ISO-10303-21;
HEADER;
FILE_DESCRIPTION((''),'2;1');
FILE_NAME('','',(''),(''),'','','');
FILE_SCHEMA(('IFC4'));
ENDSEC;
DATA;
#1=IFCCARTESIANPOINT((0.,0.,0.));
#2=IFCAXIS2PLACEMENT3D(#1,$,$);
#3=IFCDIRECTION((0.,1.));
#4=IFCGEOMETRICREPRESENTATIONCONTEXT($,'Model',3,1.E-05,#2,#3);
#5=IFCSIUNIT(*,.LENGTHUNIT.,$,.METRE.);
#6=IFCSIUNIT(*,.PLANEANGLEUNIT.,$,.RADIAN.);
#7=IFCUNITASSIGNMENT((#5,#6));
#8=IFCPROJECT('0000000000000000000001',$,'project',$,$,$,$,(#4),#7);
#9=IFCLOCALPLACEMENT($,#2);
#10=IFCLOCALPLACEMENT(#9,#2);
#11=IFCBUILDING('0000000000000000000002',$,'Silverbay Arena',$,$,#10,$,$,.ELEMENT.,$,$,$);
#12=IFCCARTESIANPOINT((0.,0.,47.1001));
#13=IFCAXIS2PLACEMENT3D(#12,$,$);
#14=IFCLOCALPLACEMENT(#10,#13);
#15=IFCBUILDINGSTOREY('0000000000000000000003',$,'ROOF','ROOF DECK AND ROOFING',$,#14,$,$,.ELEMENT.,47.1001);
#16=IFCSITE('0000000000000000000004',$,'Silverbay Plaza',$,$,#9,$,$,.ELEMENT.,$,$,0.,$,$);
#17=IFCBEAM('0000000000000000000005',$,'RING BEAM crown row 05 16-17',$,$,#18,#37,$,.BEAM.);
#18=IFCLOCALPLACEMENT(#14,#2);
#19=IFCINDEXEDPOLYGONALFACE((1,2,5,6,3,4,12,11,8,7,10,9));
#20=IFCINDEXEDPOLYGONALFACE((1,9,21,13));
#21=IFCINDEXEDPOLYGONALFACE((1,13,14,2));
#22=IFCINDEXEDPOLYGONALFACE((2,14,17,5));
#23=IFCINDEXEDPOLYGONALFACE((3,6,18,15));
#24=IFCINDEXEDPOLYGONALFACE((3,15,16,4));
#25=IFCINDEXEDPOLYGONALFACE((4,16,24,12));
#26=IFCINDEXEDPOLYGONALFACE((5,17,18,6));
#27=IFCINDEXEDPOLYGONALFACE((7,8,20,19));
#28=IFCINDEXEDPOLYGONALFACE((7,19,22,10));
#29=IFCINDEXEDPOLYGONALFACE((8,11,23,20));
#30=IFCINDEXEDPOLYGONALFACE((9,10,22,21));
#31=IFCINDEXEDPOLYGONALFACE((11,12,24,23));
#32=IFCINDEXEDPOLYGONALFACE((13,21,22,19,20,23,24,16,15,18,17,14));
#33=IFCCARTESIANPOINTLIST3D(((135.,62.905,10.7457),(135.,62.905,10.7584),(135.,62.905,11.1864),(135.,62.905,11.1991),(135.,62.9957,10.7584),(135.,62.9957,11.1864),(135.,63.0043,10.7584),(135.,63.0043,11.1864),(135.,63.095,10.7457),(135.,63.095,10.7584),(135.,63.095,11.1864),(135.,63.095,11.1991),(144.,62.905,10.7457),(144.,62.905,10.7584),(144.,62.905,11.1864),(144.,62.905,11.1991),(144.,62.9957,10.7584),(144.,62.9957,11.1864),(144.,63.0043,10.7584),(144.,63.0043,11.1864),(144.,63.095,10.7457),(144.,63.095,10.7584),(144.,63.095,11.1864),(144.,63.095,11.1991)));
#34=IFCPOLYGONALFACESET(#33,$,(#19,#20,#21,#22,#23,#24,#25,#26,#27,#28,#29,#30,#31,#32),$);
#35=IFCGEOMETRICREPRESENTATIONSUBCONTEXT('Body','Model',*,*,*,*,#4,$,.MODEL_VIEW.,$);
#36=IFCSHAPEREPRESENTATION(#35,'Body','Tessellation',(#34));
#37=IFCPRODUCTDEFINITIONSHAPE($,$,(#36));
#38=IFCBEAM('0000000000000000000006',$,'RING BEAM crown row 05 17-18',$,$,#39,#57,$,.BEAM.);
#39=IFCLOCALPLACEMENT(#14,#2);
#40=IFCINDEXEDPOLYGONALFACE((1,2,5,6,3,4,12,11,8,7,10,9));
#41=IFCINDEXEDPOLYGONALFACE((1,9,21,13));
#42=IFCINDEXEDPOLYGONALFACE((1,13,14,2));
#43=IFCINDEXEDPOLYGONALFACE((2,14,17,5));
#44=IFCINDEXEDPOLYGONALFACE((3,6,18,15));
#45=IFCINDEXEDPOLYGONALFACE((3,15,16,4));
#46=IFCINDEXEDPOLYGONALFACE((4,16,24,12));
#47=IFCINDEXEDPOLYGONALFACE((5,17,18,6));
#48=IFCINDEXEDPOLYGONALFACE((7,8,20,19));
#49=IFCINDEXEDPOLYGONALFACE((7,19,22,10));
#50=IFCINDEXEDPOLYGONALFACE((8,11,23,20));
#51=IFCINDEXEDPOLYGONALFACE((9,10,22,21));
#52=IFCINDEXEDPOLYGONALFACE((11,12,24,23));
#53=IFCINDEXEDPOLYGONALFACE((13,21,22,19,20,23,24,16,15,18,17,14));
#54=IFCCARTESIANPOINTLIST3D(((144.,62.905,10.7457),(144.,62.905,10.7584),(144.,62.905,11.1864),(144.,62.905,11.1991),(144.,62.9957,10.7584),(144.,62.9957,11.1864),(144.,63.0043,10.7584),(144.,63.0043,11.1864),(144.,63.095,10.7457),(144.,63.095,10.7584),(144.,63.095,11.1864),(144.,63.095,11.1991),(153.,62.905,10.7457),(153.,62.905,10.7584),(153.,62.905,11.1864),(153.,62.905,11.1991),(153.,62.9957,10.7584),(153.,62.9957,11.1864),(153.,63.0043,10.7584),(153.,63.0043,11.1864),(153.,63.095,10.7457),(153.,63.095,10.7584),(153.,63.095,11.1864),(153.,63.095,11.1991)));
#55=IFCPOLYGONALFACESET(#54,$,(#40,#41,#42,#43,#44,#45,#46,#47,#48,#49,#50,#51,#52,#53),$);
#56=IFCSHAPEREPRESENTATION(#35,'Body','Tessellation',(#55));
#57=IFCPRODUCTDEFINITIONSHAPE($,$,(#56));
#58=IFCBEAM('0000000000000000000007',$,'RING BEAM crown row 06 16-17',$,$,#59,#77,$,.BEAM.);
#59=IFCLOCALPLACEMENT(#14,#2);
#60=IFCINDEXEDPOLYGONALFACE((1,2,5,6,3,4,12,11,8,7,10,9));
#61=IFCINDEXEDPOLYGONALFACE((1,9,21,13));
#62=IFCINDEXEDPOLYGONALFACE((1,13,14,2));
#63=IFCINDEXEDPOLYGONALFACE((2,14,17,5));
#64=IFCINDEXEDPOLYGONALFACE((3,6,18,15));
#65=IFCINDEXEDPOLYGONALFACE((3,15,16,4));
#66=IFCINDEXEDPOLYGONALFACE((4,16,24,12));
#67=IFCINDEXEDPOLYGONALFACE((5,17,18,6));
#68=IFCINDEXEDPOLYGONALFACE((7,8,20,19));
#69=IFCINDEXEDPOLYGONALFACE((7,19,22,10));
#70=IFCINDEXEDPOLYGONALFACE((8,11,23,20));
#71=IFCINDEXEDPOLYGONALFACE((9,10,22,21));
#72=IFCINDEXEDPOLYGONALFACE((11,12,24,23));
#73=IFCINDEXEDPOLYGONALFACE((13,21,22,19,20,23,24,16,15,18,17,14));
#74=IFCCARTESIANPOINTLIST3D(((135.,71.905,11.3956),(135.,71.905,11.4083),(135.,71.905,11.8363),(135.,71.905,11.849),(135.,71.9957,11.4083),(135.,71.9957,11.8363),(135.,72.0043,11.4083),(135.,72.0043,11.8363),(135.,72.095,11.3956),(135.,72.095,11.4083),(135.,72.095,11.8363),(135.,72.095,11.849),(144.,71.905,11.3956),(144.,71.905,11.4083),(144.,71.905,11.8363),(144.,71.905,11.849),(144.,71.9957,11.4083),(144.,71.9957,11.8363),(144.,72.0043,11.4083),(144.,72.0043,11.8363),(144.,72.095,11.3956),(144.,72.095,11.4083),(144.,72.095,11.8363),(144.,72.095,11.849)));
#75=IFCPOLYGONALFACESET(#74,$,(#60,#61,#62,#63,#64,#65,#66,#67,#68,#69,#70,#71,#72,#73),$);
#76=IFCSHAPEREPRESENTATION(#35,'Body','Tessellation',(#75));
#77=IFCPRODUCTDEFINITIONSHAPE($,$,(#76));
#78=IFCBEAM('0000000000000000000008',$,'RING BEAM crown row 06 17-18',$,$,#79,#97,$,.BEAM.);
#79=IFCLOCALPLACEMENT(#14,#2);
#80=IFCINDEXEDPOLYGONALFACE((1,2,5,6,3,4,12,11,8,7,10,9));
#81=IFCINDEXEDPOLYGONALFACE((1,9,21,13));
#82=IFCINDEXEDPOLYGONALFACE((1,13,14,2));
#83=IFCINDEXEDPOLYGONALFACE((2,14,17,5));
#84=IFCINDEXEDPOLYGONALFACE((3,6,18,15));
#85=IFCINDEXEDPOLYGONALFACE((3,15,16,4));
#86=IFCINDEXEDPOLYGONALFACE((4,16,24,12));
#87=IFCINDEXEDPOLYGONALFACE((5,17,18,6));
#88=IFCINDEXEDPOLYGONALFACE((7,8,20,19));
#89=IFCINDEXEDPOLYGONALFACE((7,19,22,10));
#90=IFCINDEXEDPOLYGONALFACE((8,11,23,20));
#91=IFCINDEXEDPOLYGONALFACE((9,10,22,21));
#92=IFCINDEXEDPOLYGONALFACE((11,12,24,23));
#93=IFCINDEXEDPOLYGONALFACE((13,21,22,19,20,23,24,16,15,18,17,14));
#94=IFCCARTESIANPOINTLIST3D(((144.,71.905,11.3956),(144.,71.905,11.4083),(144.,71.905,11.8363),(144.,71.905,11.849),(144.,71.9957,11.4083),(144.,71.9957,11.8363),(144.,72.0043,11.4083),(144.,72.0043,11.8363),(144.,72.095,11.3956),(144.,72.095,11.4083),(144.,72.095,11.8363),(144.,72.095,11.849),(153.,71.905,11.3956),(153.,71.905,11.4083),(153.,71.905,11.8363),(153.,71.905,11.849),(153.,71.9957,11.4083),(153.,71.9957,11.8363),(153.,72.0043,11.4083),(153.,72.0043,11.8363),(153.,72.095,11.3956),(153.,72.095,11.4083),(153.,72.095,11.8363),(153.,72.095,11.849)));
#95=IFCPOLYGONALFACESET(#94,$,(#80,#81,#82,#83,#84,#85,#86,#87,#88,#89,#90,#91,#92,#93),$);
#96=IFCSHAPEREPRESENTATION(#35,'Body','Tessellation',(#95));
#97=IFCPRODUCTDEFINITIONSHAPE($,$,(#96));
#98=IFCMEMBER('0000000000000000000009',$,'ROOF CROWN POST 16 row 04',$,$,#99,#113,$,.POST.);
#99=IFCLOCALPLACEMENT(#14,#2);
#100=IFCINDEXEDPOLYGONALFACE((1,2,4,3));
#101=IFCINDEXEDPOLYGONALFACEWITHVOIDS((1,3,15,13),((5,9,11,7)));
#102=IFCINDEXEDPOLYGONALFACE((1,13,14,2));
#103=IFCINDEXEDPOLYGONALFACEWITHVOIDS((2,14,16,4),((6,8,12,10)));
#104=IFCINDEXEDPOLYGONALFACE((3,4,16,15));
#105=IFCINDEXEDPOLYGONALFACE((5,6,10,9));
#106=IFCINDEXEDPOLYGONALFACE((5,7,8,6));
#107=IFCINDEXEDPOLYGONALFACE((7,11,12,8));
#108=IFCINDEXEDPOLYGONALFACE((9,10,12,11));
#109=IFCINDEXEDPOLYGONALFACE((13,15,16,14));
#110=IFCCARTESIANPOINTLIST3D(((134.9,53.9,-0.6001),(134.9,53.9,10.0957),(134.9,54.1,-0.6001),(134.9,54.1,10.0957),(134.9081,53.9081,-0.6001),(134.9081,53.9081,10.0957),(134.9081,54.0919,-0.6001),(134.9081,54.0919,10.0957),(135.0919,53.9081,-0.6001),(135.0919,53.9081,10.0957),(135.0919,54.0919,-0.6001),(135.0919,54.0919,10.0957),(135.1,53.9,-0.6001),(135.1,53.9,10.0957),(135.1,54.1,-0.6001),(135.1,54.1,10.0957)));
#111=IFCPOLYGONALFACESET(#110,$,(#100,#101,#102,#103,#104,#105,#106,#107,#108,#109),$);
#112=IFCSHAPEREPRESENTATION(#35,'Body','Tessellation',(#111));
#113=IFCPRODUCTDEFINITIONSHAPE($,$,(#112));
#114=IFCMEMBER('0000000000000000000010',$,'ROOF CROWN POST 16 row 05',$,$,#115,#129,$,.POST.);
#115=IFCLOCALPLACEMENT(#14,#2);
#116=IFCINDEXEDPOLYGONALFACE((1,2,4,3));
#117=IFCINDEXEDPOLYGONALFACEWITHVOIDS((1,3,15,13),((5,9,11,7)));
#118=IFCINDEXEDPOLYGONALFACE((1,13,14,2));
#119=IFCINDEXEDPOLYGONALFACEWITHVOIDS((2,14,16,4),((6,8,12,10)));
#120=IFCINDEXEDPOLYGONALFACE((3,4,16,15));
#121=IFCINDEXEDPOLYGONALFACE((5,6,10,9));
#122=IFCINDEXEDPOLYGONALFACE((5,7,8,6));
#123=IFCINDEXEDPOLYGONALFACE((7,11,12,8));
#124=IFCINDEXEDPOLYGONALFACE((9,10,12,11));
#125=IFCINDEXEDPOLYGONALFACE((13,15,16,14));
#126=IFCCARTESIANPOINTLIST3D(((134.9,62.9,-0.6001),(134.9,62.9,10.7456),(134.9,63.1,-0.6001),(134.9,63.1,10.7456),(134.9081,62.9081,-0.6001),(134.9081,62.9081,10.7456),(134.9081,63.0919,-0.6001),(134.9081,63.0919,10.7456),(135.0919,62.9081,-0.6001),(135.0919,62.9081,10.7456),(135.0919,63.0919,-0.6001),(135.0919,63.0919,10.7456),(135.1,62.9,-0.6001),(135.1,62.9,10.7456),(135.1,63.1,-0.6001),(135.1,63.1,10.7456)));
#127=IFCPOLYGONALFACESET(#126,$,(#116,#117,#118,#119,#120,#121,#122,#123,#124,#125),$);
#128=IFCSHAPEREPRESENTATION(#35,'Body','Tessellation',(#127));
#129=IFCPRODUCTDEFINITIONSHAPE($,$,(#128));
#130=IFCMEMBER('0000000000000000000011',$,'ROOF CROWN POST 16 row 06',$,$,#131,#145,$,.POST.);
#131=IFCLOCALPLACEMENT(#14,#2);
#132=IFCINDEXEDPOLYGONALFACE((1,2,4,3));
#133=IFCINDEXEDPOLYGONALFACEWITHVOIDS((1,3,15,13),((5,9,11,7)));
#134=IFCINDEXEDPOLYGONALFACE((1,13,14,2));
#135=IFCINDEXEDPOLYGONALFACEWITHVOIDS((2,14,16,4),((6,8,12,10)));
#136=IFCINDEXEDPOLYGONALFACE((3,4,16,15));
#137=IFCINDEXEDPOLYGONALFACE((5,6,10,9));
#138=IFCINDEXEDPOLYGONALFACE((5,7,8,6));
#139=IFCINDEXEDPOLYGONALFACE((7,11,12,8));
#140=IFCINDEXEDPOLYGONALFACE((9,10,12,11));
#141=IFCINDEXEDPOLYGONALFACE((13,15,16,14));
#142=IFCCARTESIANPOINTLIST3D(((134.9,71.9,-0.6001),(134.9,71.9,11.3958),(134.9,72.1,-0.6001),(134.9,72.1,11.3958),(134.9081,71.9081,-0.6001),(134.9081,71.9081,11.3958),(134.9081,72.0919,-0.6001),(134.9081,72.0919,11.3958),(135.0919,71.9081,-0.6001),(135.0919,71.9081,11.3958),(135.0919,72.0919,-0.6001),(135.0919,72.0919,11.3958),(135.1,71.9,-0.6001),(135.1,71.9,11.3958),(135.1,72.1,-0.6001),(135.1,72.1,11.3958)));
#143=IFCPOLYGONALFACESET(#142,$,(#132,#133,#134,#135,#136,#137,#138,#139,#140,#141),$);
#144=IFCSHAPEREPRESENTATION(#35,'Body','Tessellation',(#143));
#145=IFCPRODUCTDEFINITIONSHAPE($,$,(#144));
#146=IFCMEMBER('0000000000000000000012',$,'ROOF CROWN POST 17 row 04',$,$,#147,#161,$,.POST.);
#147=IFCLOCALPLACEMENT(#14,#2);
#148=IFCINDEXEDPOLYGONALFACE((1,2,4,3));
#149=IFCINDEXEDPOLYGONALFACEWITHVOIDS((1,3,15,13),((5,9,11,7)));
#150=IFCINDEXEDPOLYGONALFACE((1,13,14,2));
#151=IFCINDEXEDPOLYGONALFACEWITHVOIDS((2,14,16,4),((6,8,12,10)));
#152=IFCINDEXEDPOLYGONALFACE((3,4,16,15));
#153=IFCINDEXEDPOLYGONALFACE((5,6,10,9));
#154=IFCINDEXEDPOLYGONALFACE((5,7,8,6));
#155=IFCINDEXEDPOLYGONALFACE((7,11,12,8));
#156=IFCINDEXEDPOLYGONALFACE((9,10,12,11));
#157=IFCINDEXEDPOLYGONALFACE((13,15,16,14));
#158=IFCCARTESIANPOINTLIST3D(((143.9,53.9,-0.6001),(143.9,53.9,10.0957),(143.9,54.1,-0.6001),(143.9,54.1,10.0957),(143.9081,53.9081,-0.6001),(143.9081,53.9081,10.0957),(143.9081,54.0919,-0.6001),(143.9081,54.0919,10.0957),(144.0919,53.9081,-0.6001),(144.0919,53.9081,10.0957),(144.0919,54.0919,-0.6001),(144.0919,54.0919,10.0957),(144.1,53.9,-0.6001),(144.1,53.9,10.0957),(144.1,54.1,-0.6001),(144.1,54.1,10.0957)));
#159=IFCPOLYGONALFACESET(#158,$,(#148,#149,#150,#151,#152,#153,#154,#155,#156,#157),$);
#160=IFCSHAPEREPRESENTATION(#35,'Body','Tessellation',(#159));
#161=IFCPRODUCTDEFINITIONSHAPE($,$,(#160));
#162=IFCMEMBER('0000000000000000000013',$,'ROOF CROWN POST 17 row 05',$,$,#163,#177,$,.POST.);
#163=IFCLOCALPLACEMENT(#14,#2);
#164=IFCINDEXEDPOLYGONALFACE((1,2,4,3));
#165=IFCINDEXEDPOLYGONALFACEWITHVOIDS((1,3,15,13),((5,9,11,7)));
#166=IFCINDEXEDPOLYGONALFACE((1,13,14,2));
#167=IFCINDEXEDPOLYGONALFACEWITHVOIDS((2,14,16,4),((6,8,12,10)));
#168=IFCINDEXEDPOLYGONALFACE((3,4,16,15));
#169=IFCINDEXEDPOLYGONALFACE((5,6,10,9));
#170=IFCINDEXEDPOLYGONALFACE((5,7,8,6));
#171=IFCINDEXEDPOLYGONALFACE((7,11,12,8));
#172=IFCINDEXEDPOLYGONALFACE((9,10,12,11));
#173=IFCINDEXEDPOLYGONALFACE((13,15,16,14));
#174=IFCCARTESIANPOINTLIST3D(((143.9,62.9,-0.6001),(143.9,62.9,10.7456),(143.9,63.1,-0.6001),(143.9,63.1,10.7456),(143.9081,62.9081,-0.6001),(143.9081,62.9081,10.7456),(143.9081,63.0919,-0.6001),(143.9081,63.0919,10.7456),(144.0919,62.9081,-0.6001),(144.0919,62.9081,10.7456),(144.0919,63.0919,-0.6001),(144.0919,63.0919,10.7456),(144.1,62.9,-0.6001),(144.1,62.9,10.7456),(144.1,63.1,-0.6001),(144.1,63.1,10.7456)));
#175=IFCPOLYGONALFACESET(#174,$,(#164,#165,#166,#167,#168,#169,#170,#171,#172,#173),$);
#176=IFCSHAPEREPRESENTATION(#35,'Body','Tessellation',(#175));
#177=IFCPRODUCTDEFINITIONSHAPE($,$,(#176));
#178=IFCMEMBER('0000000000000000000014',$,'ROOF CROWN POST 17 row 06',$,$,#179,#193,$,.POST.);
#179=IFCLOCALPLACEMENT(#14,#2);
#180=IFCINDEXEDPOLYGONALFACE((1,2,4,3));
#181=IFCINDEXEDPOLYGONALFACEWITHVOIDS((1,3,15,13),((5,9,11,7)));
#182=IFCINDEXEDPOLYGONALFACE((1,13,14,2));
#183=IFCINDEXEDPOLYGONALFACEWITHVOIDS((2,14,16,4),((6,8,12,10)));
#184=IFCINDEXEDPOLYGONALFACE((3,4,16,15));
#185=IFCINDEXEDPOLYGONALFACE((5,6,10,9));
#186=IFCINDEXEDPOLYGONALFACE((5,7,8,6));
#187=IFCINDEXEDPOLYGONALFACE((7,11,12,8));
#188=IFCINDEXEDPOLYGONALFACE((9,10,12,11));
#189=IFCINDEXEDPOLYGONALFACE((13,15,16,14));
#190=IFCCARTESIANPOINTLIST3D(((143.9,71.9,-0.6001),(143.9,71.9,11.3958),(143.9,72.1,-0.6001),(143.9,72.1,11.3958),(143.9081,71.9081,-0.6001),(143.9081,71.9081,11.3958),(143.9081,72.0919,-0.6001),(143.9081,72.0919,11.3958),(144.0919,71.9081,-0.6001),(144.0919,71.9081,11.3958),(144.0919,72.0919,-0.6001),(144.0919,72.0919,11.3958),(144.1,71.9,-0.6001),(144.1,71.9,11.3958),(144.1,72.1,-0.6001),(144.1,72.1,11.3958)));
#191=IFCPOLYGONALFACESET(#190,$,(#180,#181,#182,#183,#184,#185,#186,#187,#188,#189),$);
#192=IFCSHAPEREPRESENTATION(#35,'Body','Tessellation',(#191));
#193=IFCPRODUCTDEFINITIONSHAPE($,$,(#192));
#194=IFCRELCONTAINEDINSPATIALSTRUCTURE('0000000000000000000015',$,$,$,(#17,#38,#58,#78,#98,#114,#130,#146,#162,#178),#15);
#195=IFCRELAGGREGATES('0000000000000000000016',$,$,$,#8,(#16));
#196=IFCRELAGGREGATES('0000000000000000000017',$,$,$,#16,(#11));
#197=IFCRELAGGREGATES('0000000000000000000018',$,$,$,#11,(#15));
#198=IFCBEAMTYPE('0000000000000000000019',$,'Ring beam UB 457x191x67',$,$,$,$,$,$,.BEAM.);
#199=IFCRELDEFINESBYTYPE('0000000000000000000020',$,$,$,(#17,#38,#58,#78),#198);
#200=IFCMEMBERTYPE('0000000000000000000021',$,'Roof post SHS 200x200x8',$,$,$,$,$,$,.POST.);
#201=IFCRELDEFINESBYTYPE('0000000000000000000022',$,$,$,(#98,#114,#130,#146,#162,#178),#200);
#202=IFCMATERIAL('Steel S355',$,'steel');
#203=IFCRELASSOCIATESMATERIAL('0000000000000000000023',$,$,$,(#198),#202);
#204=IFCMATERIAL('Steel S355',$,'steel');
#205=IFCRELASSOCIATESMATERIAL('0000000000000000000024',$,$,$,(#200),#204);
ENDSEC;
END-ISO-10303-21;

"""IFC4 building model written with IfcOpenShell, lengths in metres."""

from ifc_helpers import new_model, si_unit, direction, frame, origin, origin_2d, place, context, subcontext, project, spatial, hollow_rectangle, i_section, extrude, material, material_profile, profile_set, type_object, element, save


model = new_model("IFC4")

# Units and contexts
model_context = context("Model", 3, precision=1e-05, world=origin(), true_north=direction((0.0, 1.0)))
body_context = subcontext(model_context, "Body", "Model", "MODEL_VIEW")
ifc_project = project(units=[si_unit("LENGTHUNIT", "METRE"), si_unit("PLANEANGLEUNIT", "RADIAN")], contexts=[model_context])

# Site, building, storey
site_placement = place(None, origin())
site = spatial("IfcSite", under=ifc_project, at=site_placement, Name="Silverbay Plaza", CompositionType="ELEMENT", RefElevation=0.0)
building_placement = place(site_placement, origin())
building = spatial("IfcBuilding", under=site, at=building_placement, Name="Silverbay Arena", CompositionType="ELEMENT")
storey_placement = place(building_placement, frame((0.0, 0.0, 47.1001)))
storey = spatial("IfcBuildingStorey", under=building, at=storey_placement, Name="ROOF", Description="ROOF DECK AND ROOFING", CompositionType="ELEMENT", Elevation=47.1001)

# Beams
ifc_material_1 = material(Name="Steel S355", Category="steel")
ifc_material_profile_1 = material_profile(ifc_material_1, i_section(OverallWidth=0.1899, OverallDepth=0.4534, WebThickness=0.0085, FlangeThickness=0.0127, at=origin_2d()), Name="UB 457x191x67")
ifc_profile_set_1 = profile_set([ifc_material_profile_1], Name="Steel S355")
beam_type = type_object("IfcBeamType", Name="Ring beam UB 457x191x67", PredefinedType="BEAM", material=ifc_profile_set_1)
for number, where, z_axis, x_axis, name in (
    (1, (135.0, 63.0, 10.9724), (1.0, 0.0, 0.0), (0.0, 1.0, 0.0), "RING BEAM crown row 05 16-17"),
    (2, (144.0, 63.0, 10.9724), (1.0, 0.0, 0.0), (0.0, 1.0, 0.0), "RING BEAM crown row 05 17-18"),
    (3, (135.0, 72.0, 11.6223), (1.0, 0.0, 0.0), (0.0, 1.0, 0.0), "RING BEAM crown row 06 16-17"),
    (4, (144.0, 72.0, 11.6223), (1.0, 0.0, 0.0), (0.0, 1.0, 0.0), "RING BEAM crown row 06 17-18"),
):
    element("IfcBeam", number, at=place(storey_placement, frame(where, z_axis=z_axis, x_axis=x_axis)), inside=storey, type_object=beam_type, Name=name, PredefinedType="BEAM", context=body_context, shape_type="SweptSolid", body=[
        extrude(i_section(OverallWidth=0.1899, OverallDepth=0.4534, WebThickness=0.0085, FlangeThickness=0.0127, at=origin_2d()), origin(), (0.0, 0.0, 1.0), 9.0),
    ])

# Members
ifc_material_2 = material(Name="Steel S355", Category="steel")
ifc_material_profile_2 = material_profile(ifc_material_2, hollow_rectangle(XDim=0.2, YDim=0.2, WallThickness=0.0081, at=origin_2d()), Name="SHS 200x200x8")
ifc_profile_set_2 = profile_set([ifc_material_profile_2], Name="Steel S355")
member_type_1 = type_object("IfcMemberType", Name="Roof post SHS 200x200x8", PredefinedType="POST", material=ifc_profile_set_2)
member_1_placement = place(storey_placement, frame((135.0, 54.0, -0.6001), z_axis=(0.0, 0.0, 1.0), x_axis=(1.0, 0.0, 0.0)))
element("IfcMember", 5, at=member_1_placement, inside=storey, type_object=member_type_1, Name="ROOF CROWN POST 16 row 04", PredefinedType="POST", context=body_context, shape_type="SweptSolid", body=[
    extrude(hollow_rectangle(XDim=0.2, YDim=0.2, WallThickness=0.0081, at=origin_2d()), origin(), (0.0, 0.0, 1.0), 10.6958),
])
member_2_placement = place(storey_placement, frame((135.0, 63.0, -0.6001), z_axis=(0.0, 0.0, 1.0), x_axis=(1.0, 0.0, 0.0)))
element("IfcMember", 6, at=member_2_placement, inside=storey, type_object=member_type_1, Name="ROOF CROWN POST 16 row 05", PredefinedType="POST", context=body_context, shape_type="SweptSolid", body=[
    extrude(hollow_rectangle(XDim=0.2, YDim=0.2, WallThickness=0.0081, at=origin_2d()), origin(), (0.0, 0.0, 1.0), 11.3457),
])
member_3_placement = place(storey_placement, frame((135.0, 72.0, -0.6001), z_axis=(0.0, 0.0, 1.0), x_axis=(1.0, 0.0, 0.0)))
element("IfcMember", 7, at=member_3_placement, inside=storey, type_object=member_type_1, Name="ROOF CROWN POST 16 row 06", PredefinedType="POST", context=body_context, shape_type="SweptSolid", body=[
    extrude(hollow_rectangle(XDim=0.2, YDim=0.2, WallThickness=0.0081, at=origin_2d()), origin(), (0.0, 0.0, 1.0), 11.9958),
])
member_4_placement = place(storey_placement, frame((144.0, 54.0, -0.6001), z_axis=(0.0, 0.0, 1.0), x_axis=(1.0, 0.0, 0.0)))
element("IfcMember", 8, at=member_4_placement, inside=storey, type_object=member_type_1, Name="ROOF CROWN POST 17 row 04", PredefinedType="POST", context=body_context, shape_type="SweptSolid", body=[
    extrude(hollow_rectangle(XDim=0.2, YDim=0.2, WallThickness=0.0081, at=origin_2d()), origin(), (0.0, 0.0, 1.0), 10.6958),
])
member_5_placement = place(storey_placement, frame((144.0, 63.0, -0.6001), z_axis=(0.0, 0.0, 1.0), x_axis=(1.0, 0.0, 0.0)))
element("IfcMember", 9, at=member_5_placement, inside=storey, type_object=member_type_1, Name="ROOF CROWN POST 17 row 05", PredefinedType="POST", context=body_context, shape_type="SweptSolid", body=[
    extrude(hollow_rectangle(XDim=0.2, YDim=0.2, WallThickness=0.0081, at=origin_2d()), origin(), (0.0, 0.0, 1.0), 11.3457),
])
member_6_placement = place(storey_placement, frame((144.0, 72.0, -0.6001), z_axis=(0.0, 0.0, 1.0), x_axis=(1.0, 0.0, 0.0)))
element("IfcMember", 10, at=member_6_placement, inside=storey, type_object=member_type_1, Name="ROOF CROWN POST 17 row 06", PredefinedType="POST", context=body_context, shape_type="SweptSolid", body=[
    extrude(hollow_rectangle(XDim=0.2, YDim=0.2, WallThickness=0.0081, at=origin_2d()), origin(), (0.0, 0.0, 1.0), 11.9958),
])

save(model, "model.ifc")
